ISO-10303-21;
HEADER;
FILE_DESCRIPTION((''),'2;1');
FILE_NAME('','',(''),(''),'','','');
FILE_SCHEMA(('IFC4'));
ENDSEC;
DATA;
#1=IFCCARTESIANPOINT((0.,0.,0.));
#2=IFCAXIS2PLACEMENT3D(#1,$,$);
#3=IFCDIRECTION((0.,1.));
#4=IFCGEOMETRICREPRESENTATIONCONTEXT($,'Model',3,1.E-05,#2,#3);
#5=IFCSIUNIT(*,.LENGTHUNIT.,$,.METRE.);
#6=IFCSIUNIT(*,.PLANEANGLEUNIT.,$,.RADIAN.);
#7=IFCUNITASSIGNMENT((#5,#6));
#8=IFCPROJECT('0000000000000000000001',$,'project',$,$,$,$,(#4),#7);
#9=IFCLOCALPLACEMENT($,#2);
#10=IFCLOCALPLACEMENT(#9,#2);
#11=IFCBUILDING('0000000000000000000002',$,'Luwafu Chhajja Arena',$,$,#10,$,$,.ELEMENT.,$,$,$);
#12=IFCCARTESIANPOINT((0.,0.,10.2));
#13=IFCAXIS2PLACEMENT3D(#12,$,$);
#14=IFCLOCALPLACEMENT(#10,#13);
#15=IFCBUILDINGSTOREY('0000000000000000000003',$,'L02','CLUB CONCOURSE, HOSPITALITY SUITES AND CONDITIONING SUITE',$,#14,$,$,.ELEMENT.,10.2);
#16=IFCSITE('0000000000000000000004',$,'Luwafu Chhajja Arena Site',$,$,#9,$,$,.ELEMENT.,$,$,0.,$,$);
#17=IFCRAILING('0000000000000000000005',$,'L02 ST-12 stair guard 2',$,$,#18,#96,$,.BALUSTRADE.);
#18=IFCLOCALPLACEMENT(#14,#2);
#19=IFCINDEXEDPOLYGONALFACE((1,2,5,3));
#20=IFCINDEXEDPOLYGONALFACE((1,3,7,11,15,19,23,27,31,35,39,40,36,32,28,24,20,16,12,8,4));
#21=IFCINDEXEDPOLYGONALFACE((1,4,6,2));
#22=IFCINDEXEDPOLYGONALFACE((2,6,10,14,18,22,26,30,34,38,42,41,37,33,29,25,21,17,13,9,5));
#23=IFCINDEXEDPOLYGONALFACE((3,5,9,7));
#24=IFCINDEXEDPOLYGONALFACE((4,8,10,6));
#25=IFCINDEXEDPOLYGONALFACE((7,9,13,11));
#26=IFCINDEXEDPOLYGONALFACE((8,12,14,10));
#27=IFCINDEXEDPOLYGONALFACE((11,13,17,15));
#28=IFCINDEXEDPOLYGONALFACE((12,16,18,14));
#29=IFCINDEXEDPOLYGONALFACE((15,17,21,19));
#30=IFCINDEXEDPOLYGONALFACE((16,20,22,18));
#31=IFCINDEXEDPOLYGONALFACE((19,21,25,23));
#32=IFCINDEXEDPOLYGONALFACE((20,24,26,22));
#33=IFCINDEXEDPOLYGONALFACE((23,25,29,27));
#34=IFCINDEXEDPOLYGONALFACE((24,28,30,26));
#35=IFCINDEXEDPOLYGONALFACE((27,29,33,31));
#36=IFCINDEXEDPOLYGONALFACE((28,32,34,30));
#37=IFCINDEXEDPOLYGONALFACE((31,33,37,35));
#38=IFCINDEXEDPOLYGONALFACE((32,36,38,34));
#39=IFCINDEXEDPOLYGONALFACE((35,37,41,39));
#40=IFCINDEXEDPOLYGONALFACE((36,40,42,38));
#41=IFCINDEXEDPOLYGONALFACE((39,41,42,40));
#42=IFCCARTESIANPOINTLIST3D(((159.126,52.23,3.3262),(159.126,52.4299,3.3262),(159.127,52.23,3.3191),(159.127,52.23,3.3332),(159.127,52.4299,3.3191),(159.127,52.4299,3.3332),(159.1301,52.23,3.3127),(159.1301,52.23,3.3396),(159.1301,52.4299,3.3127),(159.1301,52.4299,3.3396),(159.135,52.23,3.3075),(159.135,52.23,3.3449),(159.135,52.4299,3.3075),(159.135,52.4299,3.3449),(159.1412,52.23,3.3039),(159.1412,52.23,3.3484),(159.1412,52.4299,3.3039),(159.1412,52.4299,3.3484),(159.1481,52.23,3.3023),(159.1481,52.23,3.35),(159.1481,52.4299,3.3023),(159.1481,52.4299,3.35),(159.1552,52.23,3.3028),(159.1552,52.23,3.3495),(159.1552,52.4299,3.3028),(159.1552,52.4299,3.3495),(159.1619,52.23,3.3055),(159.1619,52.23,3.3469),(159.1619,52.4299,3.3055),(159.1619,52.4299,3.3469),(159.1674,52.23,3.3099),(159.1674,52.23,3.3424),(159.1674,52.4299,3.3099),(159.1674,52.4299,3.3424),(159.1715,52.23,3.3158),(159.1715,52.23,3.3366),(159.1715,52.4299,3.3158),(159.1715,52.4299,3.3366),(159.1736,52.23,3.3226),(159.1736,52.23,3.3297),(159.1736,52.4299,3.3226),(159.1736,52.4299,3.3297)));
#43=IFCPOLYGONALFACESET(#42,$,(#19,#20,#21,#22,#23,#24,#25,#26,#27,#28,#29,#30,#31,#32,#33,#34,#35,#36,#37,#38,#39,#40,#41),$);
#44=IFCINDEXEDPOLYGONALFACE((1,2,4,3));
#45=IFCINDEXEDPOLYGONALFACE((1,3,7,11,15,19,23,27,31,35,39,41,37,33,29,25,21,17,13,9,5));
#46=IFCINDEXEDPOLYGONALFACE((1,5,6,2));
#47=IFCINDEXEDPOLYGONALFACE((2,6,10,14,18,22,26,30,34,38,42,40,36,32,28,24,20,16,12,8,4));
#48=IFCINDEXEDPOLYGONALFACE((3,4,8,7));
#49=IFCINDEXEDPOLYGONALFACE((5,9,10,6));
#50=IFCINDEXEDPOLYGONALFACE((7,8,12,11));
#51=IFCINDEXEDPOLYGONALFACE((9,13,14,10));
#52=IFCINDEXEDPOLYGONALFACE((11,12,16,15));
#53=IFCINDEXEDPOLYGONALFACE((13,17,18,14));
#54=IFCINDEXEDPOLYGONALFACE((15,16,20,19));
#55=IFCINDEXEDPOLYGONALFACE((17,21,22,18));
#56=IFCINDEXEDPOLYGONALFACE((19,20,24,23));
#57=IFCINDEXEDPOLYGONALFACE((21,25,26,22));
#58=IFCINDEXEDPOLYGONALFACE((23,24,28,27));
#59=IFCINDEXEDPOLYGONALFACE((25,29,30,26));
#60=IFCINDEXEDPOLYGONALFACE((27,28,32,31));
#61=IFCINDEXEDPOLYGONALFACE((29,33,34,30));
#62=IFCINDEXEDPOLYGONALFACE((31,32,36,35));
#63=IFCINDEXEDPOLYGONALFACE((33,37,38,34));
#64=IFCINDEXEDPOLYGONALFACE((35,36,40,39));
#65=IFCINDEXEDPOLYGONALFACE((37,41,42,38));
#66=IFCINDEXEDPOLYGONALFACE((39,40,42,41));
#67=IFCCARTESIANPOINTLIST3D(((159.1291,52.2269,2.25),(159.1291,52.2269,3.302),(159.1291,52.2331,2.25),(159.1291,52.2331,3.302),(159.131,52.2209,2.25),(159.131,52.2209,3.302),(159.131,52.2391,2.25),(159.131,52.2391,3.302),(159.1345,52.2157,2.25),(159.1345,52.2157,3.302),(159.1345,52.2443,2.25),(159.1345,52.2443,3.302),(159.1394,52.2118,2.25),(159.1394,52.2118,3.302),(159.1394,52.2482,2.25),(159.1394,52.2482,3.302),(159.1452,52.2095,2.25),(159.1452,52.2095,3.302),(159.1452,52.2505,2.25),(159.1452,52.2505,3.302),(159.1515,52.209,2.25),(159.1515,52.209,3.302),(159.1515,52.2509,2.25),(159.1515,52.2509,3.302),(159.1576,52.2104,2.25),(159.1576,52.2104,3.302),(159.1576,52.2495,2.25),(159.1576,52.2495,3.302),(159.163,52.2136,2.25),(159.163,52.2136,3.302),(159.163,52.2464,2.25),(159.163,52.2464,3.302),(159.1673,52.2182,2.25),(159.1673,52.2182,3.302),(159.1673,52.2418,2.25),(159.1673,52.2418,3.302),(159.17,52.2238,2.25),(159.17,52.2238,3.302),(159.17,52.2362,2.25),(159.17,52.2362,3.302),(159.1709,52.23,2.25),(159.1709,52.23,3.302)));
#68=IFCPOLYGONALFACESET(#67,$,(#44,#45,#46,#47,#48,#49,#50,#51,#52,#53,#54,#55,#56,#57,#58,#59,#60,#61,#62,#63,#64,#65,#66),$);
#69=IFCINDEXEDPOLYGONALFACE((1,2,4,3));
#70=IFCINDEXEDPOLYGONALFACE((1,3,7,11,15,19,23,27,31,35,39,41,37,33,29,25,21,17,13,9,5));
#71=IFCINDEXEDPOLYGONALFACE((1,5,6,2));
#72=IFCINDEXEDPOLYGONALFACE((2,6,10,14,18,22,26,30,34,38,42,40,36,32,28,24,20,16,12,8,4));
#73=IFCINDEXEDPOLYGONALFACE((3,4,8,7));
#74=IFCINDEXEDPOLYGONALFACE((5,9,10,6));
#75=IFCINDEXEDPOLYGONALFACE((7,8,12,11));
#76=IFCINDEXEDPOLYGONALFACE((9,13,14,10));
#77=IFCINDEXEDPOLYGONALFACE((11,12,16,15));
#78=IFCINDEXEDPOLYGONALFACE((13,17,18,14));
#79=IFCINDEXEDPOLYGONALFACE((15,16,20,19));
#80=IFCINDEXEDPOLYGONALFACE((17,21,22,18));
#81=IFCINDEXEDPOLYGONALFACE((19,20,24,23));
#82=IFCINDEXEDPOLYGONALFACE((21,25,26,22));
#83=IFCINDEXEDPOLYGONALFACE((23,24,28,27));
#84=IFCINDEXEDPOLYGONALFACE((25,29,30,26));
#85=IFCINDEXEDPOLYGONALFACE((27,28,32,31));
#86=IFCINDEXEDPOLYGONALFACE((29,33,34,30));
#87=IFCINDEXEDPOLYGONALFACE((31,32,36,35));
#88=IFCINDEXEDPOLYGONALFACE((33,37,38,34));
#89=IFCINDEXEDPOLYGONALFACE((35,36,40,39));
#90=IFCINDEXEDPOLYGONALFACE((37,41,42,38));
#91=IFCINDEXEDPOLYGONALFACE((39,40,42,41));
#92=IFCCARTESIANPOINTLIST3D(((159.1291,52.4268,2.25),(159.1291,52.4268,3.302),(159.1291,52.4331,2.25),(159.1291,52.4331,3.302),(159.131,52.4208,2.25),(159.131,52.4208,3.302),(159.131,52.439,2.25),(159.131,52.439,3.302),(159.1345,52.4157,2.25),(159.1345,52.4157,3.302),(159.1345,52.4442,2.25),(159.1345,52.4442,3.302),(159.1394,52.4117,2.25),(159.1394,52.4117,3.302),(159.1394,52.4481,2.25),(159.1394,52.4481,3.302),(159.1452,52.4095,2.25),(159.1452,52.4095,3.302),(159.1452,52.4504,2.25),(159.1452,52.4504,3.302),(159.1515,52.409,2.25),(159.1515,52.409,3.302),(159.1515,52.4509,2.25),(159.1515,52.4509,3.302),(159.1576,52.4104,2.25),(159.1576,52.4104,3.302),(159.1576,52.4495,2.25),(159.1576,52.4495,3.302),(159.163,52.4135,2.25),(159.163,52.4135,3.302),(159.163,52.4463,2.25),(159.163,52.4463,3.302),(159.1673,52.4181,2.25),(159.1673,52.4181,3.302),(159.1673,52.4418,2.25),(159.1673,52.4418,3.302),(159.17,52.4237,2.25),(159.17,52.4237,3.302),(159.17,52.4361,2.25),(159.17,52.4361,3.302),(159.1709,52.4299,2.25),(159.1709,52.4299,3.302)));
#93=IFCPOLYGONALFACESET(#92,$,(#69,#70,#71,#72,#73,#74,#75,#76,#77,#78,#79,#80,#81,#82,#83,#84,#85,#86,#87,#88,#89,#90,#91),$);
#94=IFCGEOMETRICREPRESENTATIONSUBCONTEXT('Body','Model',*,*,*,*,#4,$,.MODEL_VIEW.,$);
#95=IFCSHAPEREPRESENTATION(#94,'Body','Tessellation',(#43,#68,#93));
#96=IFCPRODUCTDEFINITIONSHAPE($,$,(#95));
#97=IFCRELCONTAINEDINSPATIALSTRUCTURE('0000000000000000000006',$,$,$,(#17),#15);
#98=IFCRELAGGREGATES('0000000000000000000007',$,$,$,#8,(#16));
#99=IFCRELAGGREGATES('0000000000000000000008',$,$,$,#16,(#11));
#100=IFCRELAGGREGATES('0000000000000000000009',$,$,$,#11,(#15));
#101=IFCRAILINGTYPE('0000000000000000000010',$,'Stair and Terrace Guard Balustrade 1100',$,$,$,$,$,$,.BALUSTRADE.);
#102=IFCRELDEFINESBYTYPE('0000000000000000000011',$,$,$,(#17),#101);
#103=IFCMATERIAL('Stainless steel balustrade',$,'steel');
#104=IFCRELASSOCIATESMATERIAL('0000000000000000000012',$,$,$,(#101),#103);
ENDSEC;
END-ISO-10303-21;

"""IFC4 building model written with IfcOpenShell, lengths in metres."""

from ifc_helpers import new_model, si_unit, direction, frame, origin, origin_2d, place, context, subcontext, project, spatial, circle, extrude, material, type_object, element, save


model = new_model("IFC4")

# Units and contexts
model_context = context("Model", 3, precision=1e-05, world=origin(), true_north=direction((0.0, 1.0)))
body_context = subcontext(model_context, "Body", "Model", "MODEL_VIEW")
ifc_project = project(units=[si_unit("LENGTHUNIT", "METRE"), si_unit("PLANEANGLEUNIT", "RADIAN")], contexts=[model_context])

# Site, building, storey
site_placement = place(None, origin())
site = spatial("IfcSite", under=ifc_project, at=site_placement, Name="Luwafu Chhajja Arena Site", CompositionType="ELEMENT", RefElevation=0.0)
building_placement = place(site_placement, origin())
building = spatial("IfcBuilding", under=site, at=building_placement, Name="Luwafu Chhajja Arena", CompositionType="ELEMENT")
storey_placement = place(building_placement, frame((0.0, 0.0, 10.2)))
storey = spatial("IfcBuildingStorey", under=building, at=storey_placement, Name="L02", Description="CLUB CONCOURSE, HOSPITALITY SUITES AND CONDITIONING SUITE", CompositionType="ELEMENT", Elevation=10.2)

# Railing
ifc_material_1 = material(Name="Stainless steel balustrade", Category="steel")
railing_type_1 = type_object("IfcRailingType", Name="Stair and Terrace Guard Balustrade 1100", PredefinedType="BALUSTRADE", material=ifc_material_1)
railing_1_placement = place(storey_placement, frame((159.1499, 52.23, 2.25)))
element("IfcRailing", 1, at=railing_1_placement, inside=storey, type_object=railing_type_1, Name="L02 ST-12 stair guard 2", PredefinedType="BALUSTRADE", context=body_context, shape_type="SweptSolid", body=[
    extrude(circle(Radius=0.0239, at=origin_2d()), frame((0.0, 0.0, 1.0762), z_axis=(0.0, 1.0, 0.0), x_axis=(-1.0, 0.0, 0.0)), (0.0, 0.0, 1.0), 0.2),
    extrude(circle(Radius=0.021, at=origin_2d()), origin(), (0.0, 0.0, 1.0), 1.052),
    extrude(circle(Radius=0.021, at=origin_2d()), frame((0.0, 0.2, 0.0)), (0.0, 0.0, 1.0), 1.052),
])

save(model, "model.ifc")
